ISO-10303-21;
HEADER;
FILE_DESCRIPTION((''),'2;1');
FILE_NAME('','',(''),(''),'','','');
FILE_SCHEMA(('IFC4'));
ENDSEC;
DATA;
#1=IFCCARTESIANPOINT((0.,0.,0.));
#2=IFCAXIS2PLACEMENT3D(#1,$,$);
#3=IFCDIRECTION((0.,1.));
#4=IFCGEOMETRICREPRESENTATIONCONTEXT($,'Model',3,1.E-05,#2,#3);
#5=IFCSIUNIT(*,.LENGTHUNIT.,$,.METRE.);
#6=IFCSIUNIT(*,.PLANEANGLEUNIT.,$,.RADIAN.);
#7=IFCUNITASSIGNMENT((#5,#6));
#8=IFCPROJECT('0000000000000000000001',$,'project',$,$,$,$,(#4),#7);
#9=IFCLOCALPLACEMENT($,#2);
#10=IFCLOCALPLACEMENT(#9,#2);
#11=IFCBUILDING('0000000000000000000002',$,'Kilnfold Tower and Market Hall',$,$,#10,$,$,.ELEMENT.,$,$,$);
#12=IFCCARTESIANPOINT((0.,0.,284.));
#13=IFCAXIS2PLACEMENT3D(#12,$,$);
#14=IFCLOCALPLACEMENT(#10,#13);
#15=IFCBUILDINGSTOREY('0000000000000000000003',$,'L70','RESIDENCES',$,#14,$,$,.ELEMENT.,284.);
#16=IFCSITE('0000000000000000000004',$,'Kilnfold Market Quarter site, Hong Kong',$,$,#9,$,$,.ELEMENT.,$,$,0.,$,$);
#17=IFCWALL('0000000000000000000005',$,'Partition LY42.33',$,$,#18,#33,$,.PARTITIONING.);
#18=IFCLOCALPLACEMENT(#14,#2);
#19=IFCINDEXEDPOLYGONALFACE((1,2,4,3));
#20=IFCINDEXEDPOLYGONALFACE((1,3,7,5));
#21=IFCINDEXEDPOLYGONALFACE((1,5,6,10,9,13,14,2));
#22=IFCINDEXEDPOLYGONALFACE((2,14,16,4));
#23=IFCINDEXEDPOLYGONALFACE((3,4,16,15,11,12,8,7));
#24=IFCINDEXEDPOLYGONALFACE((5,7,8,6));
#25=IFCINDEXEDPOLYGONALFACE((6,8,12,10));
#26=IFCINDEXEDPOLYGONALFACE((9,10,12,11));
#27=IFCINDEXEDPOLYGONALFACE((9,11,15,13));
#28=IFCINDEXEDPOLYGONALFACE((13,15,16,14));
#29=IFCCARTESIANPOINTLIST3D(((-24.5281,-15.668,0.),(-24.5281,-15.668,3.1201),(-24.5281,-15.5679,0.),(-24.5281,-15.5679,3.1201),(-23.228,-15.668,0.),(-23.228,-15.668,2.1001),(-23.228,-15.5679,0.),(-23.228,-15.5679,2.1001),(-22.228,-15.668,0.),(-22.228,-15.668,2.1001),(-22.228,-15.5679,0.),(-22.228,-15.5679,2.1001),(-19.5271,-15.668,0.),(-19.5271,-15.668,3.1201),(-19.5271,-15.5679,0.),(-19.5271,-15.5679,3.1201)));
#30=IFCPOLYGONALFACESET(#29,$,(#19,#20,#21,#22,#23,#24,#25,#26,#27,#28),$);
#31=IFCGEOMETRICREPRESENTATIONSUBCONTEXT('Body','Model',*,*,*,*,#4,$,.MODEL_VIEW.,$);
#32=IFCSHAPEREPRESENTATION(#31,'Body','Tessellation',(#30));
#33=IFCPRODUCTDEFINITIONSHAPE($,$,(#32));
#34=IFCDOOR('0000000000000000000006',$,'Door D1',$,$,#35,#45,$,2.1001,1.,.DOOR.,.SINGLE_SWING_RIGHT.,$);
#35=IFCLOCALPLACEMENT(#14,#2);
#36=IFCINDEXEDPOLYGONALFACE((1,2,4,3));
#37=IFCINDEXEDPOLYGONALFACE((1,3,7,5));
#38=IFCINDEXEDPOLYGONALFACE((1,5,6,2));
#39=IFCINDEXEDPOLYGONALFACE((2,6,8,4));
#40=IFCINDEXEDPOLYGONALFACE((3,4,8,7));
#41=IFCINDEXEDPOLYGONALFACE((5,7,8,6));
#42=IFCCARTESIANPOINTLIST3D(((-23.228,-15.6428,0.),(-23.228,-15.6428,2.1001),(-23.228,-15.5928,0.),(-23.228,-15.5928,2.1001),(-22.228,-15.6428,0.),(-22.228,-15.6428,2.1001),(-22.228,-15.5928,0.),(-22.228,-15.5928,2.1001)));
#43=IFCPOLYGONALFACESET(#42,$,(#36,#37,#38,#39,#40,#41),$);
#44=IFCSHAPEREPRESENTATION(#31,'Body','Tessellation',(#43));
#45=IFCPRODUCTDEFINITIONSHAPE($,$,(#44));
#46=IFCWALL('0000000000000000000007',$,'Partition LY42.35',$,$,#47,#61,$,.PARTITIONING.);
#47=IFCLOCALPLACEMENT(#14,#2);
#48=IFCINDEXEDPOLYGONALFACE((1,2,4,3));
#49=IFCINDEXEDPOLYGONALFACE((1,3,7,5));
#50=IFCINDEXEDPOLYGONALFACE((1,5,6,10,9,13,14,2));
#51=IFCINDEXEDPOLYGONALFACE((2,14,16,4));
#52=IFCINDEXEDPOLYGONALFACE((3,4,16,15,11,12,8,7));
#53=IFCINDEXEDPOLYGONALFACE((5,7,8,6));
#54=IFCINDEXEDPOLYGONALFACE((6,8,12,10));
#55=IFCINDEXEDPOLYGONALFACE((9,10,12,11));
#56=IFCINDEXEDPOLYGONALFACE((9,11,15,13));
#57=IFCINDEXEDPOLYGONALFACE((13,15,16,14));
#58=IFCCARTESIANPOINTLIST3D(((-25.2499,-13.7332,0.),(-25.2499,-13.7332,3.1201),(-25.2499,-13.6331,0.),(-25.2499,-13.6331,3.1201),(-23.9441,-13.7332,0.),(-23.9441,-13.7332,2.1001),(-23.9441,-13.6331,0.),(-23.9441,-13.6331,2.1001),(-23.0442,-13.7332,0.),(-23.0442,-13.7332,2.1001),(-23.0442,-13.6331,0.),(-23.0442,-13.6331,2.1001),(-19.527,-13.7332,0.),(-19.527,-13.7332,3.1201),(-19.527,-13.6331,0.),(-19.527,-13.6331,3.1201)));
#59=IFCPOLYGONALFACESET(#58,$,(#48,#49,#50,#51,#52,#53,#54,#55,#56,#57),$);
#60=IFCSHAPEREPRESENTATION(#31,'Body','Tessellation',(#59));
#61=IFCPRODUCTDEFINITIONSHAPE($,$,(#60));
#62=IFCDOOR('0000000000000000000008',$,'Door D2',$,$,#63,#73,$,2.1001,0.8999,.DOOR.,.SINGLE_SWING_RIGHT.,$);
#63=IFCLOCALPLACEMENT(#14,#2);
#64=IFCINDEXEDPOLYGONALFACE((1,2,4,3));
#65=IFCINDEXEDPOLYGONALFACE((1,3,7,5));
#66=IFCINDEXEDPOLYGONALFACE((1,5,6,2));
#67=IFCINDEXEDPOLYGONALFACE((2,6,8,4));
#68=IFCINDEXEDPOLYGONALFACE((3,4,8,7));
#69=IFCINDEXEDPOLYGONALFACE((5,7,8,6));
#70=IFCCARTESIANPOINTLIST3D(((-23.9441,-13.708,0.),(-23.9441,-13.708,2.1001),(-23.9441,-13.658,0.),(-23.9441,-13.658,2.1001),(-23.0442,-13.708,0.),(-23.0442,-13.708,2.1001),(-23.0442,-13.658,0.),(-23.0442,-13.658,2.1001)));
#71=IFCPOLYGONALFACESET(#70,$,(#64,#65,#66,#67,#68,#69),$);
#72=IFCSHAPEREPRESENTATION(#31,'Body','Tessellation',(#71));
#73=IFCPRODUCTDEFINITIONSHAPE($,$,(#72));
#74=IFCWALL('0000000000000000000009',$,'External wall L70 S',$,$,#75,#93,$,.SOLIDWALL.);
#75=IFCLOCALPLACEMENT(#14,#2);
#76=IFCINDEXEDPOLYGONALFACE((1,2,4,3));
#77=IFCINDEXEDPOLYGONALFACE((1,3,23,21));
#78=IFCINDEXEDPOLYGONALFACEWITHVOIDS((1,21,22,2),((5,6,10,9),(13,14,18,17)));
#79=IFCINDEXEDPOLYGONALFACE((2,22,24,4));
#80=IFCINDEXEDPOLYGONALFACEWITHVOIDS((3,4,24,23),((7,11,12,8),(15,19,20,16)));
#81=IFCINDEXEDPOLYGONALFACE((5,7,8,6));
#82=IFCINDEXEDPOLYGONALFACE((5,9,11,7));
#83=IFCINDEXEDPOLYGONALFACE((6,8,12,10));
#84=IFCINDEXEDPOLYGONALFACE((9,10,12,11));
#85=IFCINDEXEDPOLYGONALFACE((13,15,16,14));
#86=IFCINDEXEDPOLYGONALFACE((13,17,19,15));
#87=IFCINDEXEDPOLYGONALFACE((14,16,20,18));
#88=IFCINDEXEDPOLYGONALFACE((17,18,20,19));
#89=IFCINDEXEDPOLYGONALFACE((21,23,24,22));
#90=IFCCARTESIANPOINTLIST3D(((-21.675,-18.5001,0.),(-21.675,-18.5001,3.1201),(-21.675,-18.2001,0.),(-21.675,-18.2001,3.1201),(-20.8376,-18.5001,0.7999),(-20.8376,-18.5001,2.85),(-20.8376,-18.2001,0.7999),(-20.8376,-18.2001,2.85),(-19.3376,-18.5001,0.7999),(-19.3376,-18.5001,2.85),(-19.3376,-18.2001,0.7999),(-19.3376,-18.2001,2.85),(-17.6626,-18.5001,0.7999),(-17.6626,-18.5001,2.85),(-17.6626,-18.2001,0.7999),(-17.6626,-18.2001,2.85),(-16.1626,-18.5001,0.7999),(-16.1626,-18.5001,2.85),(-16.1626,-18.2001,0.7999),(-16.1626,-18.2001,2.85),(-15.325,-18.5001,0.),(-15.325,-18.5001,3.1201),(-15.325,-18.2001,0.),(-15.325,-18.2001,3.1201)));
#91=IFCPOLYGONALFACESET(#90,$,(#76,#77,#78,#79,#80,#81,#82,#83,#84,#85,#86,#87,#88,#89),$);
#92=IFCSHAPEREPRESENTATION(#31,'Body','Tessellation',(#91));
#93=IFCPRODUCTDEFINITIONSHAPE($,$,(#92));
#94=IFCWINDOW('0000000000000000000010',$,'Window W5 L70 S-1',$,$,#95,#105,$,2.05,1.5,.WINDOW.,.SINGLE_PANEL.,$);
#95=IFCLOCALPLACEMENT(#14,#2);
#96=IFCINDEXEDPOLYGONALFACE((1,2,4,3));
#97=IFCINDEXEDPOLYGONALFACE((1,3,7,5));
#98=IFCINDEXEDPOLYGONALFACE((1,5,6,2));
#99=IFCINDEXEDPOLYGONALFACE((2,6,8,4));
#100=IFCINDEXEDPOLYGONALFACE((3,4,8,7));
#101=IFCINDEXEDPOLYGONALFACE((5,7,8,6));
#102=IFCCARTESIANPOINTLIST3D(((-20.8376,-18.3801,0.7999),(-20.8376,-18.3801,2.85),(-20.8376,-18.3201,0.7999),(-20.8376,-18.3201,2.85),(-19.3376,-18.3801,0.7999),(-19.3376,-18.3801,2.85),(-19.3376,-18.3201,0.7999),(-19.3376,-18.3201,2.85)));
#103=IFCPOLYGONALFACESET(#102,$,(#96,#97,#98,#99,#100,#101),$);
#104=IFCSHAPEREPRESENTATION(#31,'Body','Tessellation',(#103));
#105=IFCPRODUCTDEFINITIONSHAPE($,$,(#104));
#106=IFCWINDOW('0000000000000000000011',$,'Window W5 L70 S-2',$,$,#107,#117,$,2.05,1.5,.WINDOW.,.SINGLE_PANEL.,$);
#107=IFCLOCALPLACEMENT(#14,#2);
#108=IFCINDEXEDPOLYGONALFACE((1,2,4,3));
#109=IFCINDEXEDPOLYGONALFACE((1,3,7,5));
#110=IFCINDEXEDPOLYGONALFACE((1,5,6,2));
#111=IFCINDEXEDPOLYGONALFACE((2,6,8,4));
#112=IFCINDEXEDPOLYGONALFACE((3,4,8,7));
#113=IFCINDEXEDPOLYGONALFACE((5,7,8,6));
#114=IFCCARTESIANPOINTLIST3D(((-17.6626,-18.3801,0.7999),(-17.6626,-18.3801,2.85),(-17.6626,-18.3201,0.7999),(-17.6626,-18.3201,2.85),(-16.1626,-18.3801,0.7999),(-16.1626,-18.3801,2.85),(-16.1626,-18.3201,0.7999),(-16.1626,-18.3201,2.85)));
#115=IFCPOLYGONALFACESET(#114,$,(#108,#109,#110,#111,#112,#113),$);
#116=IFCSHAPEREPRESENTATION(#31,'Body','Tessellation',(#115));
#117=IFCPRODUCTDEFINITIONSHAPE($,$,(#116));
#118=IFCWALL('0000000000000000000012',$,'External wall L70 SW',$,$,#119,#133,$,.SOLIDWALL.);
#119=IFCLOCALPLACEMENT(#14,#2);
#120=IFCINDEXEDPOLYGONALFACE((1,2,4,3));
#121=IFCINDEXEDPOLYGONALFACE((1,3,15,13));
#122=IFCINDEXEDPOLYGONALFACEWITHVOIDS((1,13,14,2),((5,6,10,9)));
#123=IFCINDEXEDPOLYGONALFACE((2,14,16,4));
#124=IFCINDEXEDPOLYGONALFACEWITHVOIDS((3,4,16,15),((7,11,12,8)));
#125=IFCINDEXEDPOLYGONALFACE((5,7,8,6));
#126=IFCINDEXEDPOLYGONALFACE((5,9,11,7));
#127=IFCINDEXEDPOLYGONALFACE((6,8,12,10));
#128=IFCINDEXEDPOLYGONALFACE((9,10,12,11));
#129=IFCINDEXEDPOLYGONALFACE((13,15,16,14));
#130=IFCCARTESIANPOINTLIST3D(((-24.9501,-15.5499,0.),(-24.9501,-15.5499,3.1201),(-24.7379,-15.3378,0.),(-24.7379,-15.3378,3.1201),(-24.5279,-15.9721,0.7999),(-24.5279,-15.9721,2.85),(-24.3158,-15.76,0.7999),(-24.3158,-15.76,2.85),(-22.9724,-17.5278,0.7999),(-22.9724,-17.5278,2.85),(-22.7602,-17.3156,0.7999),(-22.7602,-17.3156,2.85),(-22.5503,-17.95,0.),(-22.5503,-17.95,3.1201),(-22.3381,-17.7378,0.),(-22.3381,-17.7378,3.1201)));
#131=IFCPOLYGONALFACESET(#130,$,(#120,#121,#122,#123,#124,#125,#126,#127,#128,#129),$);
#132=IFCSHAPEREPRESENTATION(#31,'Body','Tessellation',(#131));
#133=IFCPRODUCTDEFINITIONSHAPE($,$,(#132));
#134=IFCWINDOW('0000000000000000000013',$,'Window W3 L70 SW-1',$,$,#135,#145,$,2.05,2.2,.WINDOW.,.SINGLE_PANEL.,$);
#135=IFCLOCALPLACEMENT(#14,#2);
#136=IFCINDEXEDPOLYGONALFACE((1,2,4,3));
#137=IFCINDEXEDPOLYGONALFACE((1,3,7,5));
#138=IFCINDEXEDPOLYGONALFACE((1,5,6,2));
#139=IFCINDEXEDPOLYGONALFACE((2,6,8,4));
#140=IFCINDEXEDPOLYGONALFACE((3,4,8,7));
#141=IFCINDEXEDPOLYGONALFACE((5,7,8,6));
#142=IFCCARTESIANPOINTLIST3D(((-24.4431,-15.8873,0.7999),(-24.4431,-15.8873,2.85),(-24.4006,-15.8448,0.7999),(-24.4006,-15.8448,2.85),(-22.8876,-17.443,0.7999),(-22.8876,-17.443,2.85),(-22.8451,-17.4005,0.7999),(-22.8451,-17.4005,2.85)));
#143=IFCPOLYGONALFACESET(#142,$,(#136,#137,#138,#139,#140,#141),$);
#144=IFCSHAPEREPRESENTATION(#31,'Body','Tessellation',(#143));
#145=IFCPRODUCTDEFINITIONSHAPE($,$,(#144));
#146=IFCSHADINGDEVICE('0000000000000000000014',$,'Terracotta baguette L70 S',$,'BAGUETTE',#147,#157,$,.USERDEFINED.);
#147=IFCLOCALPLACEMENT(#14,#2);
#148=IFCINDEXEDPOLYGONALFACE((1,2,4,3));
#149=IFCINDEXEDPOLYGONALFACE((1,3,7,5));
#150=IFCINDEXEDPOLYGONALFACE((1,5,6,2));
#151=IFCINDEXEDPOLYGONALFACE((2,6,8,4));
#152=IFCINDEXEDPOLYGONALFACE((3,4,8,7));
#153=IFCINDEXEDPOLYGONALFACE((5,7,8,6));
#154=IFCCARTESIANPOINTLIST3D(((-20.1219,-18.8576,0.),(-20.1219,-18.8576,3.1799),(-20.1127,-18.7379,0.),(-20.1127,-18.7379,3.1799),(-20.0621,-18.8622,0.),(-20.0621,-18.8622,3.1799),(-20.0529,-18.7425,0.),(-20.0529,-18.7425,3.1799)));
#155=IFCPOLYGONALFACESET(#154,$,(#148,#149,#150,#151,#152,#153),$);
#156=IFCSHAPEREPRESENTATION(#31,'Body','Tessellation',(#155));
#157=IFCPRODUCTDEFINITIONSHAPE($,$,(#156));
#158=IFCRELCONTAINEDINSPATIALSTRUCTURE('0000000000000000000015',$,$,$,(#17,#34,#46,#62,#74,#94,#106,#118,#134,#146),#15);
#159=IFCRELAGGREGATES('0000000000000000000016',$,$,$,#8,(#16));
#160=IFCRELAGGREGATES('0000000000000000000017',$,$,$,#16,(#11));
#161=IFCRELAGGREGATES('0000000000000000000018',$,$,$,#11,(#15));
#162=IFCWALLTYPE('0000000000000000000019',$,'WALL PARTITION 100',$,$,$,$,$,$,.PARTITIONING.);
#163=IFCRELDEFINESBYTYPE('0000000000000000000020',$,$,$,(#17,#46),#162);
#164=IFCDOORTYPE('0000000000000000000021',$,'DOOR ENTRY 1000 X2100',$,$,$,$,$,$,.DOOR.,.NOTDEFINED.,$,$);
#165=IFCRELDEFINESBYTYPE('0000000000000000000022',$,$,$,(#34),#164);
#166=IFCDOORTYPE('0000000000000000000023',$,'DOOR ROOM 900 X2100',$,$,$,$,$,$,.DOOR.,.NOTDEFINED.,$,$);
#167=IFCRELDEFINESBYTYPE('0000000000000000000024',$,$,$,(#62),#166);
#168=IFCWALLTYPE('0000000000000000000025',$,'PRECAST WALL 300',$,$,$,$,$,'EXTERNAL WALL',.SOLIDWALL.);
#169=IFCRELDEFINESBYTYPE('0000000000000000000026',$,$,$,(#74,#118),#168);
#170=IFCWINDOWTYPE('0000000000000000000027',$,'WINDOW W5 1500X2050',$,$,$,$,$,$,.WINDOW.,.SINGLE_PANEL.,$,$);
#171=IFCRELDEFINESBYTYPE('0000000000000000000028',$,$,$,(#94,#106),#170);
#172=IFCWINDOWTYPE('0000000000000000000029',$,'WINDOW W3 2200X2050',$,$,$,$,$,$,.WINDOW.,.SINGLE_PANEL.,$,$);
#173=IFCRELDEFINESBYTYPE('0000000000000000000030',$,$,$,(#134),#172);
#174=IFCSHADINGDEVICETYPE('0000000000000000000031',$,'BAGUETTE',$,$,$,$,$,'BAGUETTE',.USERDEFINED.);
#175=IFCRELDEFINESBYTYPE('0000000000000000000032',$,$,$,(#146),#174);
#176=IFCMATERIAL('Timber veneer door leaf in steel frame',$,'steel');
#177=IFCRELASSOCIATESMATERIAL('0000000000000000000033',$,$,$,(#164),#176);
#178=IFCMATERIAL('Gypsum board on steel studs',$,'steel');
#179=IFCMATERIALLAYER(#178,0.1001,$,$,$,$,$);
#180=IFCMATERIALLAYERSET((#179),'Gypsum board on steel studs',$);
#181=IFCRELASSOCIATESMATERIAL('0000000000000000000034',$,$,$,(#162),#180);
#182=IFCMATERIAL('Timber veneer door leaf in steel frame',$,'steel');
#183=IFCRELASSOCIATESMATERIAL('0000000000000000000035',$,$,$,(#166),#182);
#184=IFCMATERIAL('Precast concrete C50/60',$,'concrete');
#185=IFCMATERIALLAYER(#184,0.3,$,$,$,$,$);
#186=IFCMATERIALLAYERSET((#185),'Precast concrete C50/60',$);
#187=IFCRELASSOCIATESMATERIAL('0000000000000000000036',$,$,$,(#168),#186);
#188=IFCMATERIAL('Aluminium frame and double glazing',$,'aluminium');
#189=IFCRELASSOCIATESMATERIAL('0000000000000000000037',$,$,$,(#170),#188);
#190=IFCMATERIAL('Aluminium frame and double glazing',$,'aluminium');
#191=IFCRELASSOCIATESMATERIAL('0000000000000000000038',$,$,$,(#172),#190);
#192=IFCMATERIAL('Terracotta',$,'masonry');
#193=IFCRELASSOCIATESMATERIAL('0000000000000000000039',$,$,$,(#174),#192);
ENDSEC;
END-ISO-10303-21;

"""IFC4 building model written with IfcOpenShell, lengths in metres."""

from ifc_helpers import new_model, si_unit, direction, frame, frame_2d, origin, origin_2d, place, context, subcontext, project, spatial, rectangle, extrude, source, transform, mapped, material, layer, layer_set, material_profile, profile_set, type_object, element, fill, save


model = new_model("IFC4")

# Units and contexts
model_context = context("Model", 3, precision=1e-05, world=origin(), true_north=direction((0.0, 1.0)))
body_context = subcontext(model_context, "Body", "Model", "MODEL_VIEW")
ifc_project = project(units=[si_unit("LENGTHUNIT", "METRE"), si_unit("PLANEANGLEUNIT", "RADIAN")], contexts=[model_context])

# Site, building, storey
site_placement = place(None, origin())
site = spatial("IfcSite", under=ifc_project, at=site_placement, Name="Kilnfold Market Quarter site, Hong Kong", CompositionType="ELEMENT", RefElevation=0.0)
building_placement = place(site_placement, origin())
building = spatial("IfcBuilding", under=site, at=building_placement, Name="Kilnfold Tower and Market Hall", CompositionType="ELEMENT")
storey_placement = place(building_placement, frame((0.0, 0.0, 284.0)))
storey = spatial("IfcBuildingStorey", under=building, at=storey_placement, Name="L70", Description="RESIDENCES", CompositionType="ELEMENT", Elevation=284.0)

# Shared definitions
ifc_material_1 = material(Name="Timber veneer door leaf in steel frame", Category="steel")
door_type_1 = type_object("IfcDoorType", Name="DOOR ENTRY 1000 X2100", OperationType="NOTDEFINED", PredefinedType="DOOR", material=ifc_material_1)

# Walls, openings, doors
ifc_material_2 = material(Name="Gypsum board on steel studs", Category="steel")
ifc_layer_1 = layer(ifc_material_2, 0.1001)
ifc_layer_set_1 = layer_set([ifc_layer_1], Name="Gypsum board on steel studs")
wall_type_1 = type_object("IfcWallType", Name="WALL PARTITION 100", PredefinedType="PARTITIONING", material=ifc_layer_set_1)
wall_1_placement = place(storey_placement, frame((-19.5271, -15.6179, 0.0), z_axis=(0.0, 0.0, 1.0), x_axis=(-1.0, 0.0, 0.0)))
wall_1 = element("IfcWall", 1, at=wall_1_placement, inside=storey, type_object=wall_type_1, Name="Partition LY42.33", PredefinedType="PARTITIONING", context=body_context, shape_type="SweptSolid", body=[
    extrude(rectangle(XDim=5.001, YDim=0.1001, at=frame_2d((2.5005, 0.0))), origin(), (0.0, 0.0, 1.0), 3.1201),
])
opening_1_placement = place(wall_1_placement, frame((2.7009, 0.0, 0.0)))
opening_1 = element("IfcOpeningElement", 2, at=opening_1_placement, cuts=wall_1, PredefinedType="OPENING", context=body_context, shape_type="SweptSolid", body=[
    extrude(rectangle(XDim=1.0, YDim=2.1001, at=frame_2d((0.5, 1.05))), frame((0.0, 0.0601, 0.0), z_axis=(0.0, -1.0, 0.0), x_axis=(1.0, 0.0, 0.0)), (0.0, 0.0, 1.0), 0.1201),
])
door_1_placement = place(opening_1_placement, origin())
door_1 = element("IfcDoor", 3, at=door_1_placement, inside=storey, type_object=door_type_1, Name="Door D1", OperationType="SINGLE_SWING_RIGHT", OverallHeight=2.1001, OverallWidth=1.0, PredefinedType="DOOR", context=body_context, shape_type="SweptSolid", body=[
    extrude(rectangle(XDim=1.0, YDim=2.1001, at=frame_2d((0.5, 1.05))), frame((0.0, 0.0249, 0.0), z_axis=(0.0, -1.0, 0.0), x_axis=(1.0, 0.0, 0.0)), (0.0, 0.0, 1.0), 0.05),
])
fill(opening_1, door_1)
wall_2_placement = place(storey_placement, frame((-19.5271, -13.6831, 0.0), z_axis=(0.0, 0.0, 1.0), x_axis=(-1.0, 0.0, 0.0)))
wall_2 = element("IfcWall", 4, at=wall_2_placement, inside=storey, type_object=wall_type_1, Name="Partition LY42.35", PredefinedType="PARTITIONING", context=body_context, shape_type="SweptSolid", body=[
    extrude(rectangle(XDim=5.7229, YDim=0.1001, at=frame_2d((2.8613, 0.0))), origin(), (0.0, 0.0, 1.0), 3.1201),
])
opening_2_placement = place(wall_2_placement, frame((3.5171, 0.0, 0.0)))
opening_2 = element("IfcOpeningElement", 5, at=opening_2_placement, cuts=wall_2, PredefinedType="OPENING", context=body_context, shape_type="SweptSolid", body=[
    extrude(rectangle(XDim=0.8999, YDim=2.1001, at=frame_2d((0.45, 1.05))), frame((0.0, 0.0601, 0.0), z_axis=(0.0, -1.0, 0.0), x_axis=(1.0, 0.0, 0.0)), (0.0, 0.0, 1.0), 0.1201),
])
ifc_material_3 = material(Name="Timber veneer door leaf in steel frame", Category="steel")
door_type_2 = type_object("IfcDoorType", Name="DOOR ROOM 900 X2100", OperationType="NOTDEFINED", PredefinedType="DOOR", material=ifc_material_3)
door_2_placement = place(opening_2_placement, origin())
door_2 = element("IfcDoor", 6, at=door_2_placement, inside=storey, type_object=door_type_2, Name="Door D2", OperationType="SINGLE_SWING_RIGHT", OverallHeight=2.1001, OverallWidth=0.8999, PredefinedType="DOOR", context=body_context, shape_type="SweptSolid", body=[
    extrude(rectangle(XDim=0.8999, YDim=2.1001, at=frame_2d((0.45, 1.05))), frame((0.0, 0.0249, 0.0), z_axis=(0.0, -1.0, 0.0), x_axis=(1.0, 0.0, 0.0)), (0.0, 0.0, 1.0), 0.05),
])
fill(opening_2, door_2)

# Wall, openings, windows
ifc_material_4 = material(Name="Precast concrete C50/60", Category="concrete")
ifc_layer_2 = layer(ifc_material_4, 0.3)
ifc_layer_set_2 = layer_set([ifc_layer_2], Name="Precast concrete C50/60")
wall_type_2 = type_object("IfcWallType", Name="PRECAST WALL 300", ElementType="EXTERNAL WALL", PredefinedType="SOLIDWALL", material=ifc_layer_set_2)
shared_shape_1 = source(origin(), body_context, "Body", "SweptSolid", [
    extrude(rectangle(XDim=6.3501, YDim=0.3, at=frame_2d((3.175, 0.0))), origin(), (0.0, 0.0, 1.0), 3.1201),
])
wall_3_placement = place(storey_placement, frame((-21.675, -18.3501, 0.0), z_axis=(0.0, 0.0, 1.0), x_axis=(1.0, 0.0, 0.0)))
wall_3 = element("IfcWall", 7, at=wall_3_placement, inside=storey, type_object=wall_type_2, Name="External wall L70 S", PredefinedType="SOLIDWALL", context=body_context, shape_type="MappedRepresentation", body=[
    mapped(shared_shape_1, transform((0.0, 0.0, 0.0))),
])
opening_3_placement = place(wall_3_placement, frame((0.8374, 0.0, 0.8)))
opening_3 = element("IfcOpeningElement", 8, at=opening_3_placement, cuts=wall_3, PredefinedType="OPENING", context=body_context, shape_type="SweptSolid", body=[
    extrude(rectangle(XDim=1.5, YDim=2.05, at=frame_2d((0.75, 1.0249))), frame((0.0, 0.1602, 0.0), z_axis=(0.0, -1.0, 0.0), x_axis=(1.0, 0.0, 0.0)), (0.0, 0.0, 1.0), 0.3201),
])
opening_4_placement = place(wall_3_placement, frame((4.0125, 0.0, 0.8)))
opening_4 = element("IfcOpeningElement", 9, at=opening_4_placement, cuts=wall_3, PredefinedType="OPENING", context=body_context, shape_type="SweptSolid", body=[
    extrude(rectangle(XDim=1.5, YDim=2.05, at=frame_2d((0.75, 1.0249))), frame((0.0, 0.1602, 0.0), z_axis=(0.0, -1.0, 0.0), x_axis=(1.0, 0.0, 0.0)), (0.0, 0.0, 1.0), 0.3201),
])
ifc_material_5 = material(Name="Aluminium frame and double glazing", Category="aluminium")
window_type_1 = type_object("IfcWindowType", Name="WINDOW W5 1500X2050", PartitioningType="SINGLE_PANEL", PredefinedType="WINDOW", material=ifc_material_5)
window_1_placement = place(opening_3_placement, origin())
window_1 = element("IfcWindow", 10, at=window_1_placement, inside=storey, type_object=window_type_1, Name="Window W5 L70 S-1", OverallHeight=2.05, OverallWidth=1.5, PartitioningType="SINGLE_PANEL", PredefinedType="WINDOW", context=body_context, shape_type="SweptSolid", body=[
    extrude(rectangle(XDim=1.5, YDim=2.05, at=frame_2d((0.75, 1.0249))), frame((0.0, 0.03, 0.0), z_axis=(0.0, -1.0, 0.0), x_axis=(1.0, 0.0, 0.0)), (0.0, 0.0, 1.0), 0.0601),
])
fill(opening_3, window_1)
window_2_placement = place(opening_4_placement, origin())
window_2 = element("IfcWindow", 11, at=window_2_placement, inside=storey, type_object=window_type_1, Name="Window W5 L70 S-2", OverallHeight=2.05, OverallWidth=1.5, PartitioningType="SINGLE_PANEL", PredefinedType="WINDOW", context=body_context, shape_type="SweptSolid", body=[
    extrude(rectangle(XDim=1.5, YDim=2.05, at=frame_2d((0.75, 1.0249))), frame((0.0, 0.03, 0.0), z_axis=(0.0, -1.0, 0.0), x_axis=(1.0, 0.0, 0.0)), (0.0, 0.0, 1.0), 0.0601),
])
fill(opening_4, window_2)

# Wall, opening, window
shared_shape_2 = source(origin(), body_context, "Body", "SweptSolid", [
    extrude(rectangle(XDim=3.394, YDim=0.3, at=frame_2d((1.697, 0.0))), origin(), (0.0, 0.0, 1.0), 3.1201),
])
wall_4_placement = place(storey_placement, frame((-24.844, -15.4438, 0.0), z_axis=(0.0, 0.0, 1.0), x_axis=(0.707071, -0.707143, 0.0)))
wall_4 = element("IfcWall", 12, at=wall_4_placement, inside=storey, type_object=wall_type_2, Name="External wall L70 SW", PredefinedType="SOLIDWALL", context=body_context, shape_type="MappedRepresentation", body=[
    mapped(shared_shape_2, transform((0.0, 0.0, 0.0))),
])
opening_5_placement = place(wall_4_placement, frame((0.5969, 0.0, 0.8)))
opening_5 = element("IfcOpeningElement", 13, at=opening_5_placement, cuts=wall_4, PredefinedType="OPENING", context=body_context, shape_type="SweptSolid", body=[
    extrude(rectangle(XDim=2.2, YDim=2.05, at=frame_2d((1.1001, 1.0249))), frame((0.0, 0.1602, 0.0), z_axis=(0.0, -1.0, 0.0), x_axis=(1.0, 0.0, 0.0)), (0.0, 0.0, 1.0), 0.3201),
])
ifc_material_6 = material(Name="Aluminium frame and double glazing", Category="aluminium")
window_type_2 = type_object("IfcWindowType", Name="WINDOW W3 2200X2050", PartitioningType="SINGLE_PANEL", PredefinedType="WINDOW", material=ifc_material_6)
window_3_placement = place(opening_5_placement, origin())
window_3 = element("IfcWindow", 14, at=window_3_placement, inside=storey, type_object=window_type_2, Name="Window W3 L70 SW-1", OverallHeight=2.05, OverallWidth=2.2, PartitioningType="SINGLE_PANEL", PredefinedType="WINDOW", context=body_context, shape_type="SweptSolid", body=[
    extrude(rectangle(XDim=2.2, YDim=2.05, at=frame_2d((1.1001, 1.0249))), frame((0.0, 0.03, 0.0), z_axis=(0.0, -1.0, 0.0), x_axis=(1.0, 0.0, 0.0)), (0.0, 0.0, 1.0), 0.0601),
])
fill(opening_5, window_3)

# Shading device
ifc_material_7 = material(Name="Terracotta", Category="masonry")
ifc_material_profile_1 = material_profile(ifc_material_7, rectangle(XDim=0.0601, YDim=0.1201, at=origin_2d()), Name="BAG 60x120")
ifc_profile_set_1 = profile_set([ifc_material_profile_1], Name="Terracotta")
shading_device_type = type_object("IfcShadingDeviceType", Name="BAGUETTE", ElementType="BAGUETTE", PredefinedType="USERDEFINED", material=ifc_profile_set_1)
shared_shape_3 = source(origin(), body_context, "Body", "SweptSolid", [
    extrude(rectangle(XDim=0.0601, YDim=0.1201, at=origin_2d()), origin(), (0.0, 0.0, 1.0), 3.1799),
])
shading_device_placement = place(storey_placement, frame((-20.0874, -18.8, 0.0), z_axis=(0.0, 0.0, 1.0), x_axis=(0.997057, -0.076662, 0.0)))
element("IfcShadingDevice", 15, at=shading_device_placement, inside=storey, type_object=shading_device_type, Name="Terracotta baguette L70 S", ObjectType="BAGUETTE", PredefinedType="USERDEFINED", context=body_context, shape_type="MappedRepresentation", body=[
    mapped(shared_shape_3, transform((0.0, 0.0, 0.0))),
])

save(model, "model.ifc")
